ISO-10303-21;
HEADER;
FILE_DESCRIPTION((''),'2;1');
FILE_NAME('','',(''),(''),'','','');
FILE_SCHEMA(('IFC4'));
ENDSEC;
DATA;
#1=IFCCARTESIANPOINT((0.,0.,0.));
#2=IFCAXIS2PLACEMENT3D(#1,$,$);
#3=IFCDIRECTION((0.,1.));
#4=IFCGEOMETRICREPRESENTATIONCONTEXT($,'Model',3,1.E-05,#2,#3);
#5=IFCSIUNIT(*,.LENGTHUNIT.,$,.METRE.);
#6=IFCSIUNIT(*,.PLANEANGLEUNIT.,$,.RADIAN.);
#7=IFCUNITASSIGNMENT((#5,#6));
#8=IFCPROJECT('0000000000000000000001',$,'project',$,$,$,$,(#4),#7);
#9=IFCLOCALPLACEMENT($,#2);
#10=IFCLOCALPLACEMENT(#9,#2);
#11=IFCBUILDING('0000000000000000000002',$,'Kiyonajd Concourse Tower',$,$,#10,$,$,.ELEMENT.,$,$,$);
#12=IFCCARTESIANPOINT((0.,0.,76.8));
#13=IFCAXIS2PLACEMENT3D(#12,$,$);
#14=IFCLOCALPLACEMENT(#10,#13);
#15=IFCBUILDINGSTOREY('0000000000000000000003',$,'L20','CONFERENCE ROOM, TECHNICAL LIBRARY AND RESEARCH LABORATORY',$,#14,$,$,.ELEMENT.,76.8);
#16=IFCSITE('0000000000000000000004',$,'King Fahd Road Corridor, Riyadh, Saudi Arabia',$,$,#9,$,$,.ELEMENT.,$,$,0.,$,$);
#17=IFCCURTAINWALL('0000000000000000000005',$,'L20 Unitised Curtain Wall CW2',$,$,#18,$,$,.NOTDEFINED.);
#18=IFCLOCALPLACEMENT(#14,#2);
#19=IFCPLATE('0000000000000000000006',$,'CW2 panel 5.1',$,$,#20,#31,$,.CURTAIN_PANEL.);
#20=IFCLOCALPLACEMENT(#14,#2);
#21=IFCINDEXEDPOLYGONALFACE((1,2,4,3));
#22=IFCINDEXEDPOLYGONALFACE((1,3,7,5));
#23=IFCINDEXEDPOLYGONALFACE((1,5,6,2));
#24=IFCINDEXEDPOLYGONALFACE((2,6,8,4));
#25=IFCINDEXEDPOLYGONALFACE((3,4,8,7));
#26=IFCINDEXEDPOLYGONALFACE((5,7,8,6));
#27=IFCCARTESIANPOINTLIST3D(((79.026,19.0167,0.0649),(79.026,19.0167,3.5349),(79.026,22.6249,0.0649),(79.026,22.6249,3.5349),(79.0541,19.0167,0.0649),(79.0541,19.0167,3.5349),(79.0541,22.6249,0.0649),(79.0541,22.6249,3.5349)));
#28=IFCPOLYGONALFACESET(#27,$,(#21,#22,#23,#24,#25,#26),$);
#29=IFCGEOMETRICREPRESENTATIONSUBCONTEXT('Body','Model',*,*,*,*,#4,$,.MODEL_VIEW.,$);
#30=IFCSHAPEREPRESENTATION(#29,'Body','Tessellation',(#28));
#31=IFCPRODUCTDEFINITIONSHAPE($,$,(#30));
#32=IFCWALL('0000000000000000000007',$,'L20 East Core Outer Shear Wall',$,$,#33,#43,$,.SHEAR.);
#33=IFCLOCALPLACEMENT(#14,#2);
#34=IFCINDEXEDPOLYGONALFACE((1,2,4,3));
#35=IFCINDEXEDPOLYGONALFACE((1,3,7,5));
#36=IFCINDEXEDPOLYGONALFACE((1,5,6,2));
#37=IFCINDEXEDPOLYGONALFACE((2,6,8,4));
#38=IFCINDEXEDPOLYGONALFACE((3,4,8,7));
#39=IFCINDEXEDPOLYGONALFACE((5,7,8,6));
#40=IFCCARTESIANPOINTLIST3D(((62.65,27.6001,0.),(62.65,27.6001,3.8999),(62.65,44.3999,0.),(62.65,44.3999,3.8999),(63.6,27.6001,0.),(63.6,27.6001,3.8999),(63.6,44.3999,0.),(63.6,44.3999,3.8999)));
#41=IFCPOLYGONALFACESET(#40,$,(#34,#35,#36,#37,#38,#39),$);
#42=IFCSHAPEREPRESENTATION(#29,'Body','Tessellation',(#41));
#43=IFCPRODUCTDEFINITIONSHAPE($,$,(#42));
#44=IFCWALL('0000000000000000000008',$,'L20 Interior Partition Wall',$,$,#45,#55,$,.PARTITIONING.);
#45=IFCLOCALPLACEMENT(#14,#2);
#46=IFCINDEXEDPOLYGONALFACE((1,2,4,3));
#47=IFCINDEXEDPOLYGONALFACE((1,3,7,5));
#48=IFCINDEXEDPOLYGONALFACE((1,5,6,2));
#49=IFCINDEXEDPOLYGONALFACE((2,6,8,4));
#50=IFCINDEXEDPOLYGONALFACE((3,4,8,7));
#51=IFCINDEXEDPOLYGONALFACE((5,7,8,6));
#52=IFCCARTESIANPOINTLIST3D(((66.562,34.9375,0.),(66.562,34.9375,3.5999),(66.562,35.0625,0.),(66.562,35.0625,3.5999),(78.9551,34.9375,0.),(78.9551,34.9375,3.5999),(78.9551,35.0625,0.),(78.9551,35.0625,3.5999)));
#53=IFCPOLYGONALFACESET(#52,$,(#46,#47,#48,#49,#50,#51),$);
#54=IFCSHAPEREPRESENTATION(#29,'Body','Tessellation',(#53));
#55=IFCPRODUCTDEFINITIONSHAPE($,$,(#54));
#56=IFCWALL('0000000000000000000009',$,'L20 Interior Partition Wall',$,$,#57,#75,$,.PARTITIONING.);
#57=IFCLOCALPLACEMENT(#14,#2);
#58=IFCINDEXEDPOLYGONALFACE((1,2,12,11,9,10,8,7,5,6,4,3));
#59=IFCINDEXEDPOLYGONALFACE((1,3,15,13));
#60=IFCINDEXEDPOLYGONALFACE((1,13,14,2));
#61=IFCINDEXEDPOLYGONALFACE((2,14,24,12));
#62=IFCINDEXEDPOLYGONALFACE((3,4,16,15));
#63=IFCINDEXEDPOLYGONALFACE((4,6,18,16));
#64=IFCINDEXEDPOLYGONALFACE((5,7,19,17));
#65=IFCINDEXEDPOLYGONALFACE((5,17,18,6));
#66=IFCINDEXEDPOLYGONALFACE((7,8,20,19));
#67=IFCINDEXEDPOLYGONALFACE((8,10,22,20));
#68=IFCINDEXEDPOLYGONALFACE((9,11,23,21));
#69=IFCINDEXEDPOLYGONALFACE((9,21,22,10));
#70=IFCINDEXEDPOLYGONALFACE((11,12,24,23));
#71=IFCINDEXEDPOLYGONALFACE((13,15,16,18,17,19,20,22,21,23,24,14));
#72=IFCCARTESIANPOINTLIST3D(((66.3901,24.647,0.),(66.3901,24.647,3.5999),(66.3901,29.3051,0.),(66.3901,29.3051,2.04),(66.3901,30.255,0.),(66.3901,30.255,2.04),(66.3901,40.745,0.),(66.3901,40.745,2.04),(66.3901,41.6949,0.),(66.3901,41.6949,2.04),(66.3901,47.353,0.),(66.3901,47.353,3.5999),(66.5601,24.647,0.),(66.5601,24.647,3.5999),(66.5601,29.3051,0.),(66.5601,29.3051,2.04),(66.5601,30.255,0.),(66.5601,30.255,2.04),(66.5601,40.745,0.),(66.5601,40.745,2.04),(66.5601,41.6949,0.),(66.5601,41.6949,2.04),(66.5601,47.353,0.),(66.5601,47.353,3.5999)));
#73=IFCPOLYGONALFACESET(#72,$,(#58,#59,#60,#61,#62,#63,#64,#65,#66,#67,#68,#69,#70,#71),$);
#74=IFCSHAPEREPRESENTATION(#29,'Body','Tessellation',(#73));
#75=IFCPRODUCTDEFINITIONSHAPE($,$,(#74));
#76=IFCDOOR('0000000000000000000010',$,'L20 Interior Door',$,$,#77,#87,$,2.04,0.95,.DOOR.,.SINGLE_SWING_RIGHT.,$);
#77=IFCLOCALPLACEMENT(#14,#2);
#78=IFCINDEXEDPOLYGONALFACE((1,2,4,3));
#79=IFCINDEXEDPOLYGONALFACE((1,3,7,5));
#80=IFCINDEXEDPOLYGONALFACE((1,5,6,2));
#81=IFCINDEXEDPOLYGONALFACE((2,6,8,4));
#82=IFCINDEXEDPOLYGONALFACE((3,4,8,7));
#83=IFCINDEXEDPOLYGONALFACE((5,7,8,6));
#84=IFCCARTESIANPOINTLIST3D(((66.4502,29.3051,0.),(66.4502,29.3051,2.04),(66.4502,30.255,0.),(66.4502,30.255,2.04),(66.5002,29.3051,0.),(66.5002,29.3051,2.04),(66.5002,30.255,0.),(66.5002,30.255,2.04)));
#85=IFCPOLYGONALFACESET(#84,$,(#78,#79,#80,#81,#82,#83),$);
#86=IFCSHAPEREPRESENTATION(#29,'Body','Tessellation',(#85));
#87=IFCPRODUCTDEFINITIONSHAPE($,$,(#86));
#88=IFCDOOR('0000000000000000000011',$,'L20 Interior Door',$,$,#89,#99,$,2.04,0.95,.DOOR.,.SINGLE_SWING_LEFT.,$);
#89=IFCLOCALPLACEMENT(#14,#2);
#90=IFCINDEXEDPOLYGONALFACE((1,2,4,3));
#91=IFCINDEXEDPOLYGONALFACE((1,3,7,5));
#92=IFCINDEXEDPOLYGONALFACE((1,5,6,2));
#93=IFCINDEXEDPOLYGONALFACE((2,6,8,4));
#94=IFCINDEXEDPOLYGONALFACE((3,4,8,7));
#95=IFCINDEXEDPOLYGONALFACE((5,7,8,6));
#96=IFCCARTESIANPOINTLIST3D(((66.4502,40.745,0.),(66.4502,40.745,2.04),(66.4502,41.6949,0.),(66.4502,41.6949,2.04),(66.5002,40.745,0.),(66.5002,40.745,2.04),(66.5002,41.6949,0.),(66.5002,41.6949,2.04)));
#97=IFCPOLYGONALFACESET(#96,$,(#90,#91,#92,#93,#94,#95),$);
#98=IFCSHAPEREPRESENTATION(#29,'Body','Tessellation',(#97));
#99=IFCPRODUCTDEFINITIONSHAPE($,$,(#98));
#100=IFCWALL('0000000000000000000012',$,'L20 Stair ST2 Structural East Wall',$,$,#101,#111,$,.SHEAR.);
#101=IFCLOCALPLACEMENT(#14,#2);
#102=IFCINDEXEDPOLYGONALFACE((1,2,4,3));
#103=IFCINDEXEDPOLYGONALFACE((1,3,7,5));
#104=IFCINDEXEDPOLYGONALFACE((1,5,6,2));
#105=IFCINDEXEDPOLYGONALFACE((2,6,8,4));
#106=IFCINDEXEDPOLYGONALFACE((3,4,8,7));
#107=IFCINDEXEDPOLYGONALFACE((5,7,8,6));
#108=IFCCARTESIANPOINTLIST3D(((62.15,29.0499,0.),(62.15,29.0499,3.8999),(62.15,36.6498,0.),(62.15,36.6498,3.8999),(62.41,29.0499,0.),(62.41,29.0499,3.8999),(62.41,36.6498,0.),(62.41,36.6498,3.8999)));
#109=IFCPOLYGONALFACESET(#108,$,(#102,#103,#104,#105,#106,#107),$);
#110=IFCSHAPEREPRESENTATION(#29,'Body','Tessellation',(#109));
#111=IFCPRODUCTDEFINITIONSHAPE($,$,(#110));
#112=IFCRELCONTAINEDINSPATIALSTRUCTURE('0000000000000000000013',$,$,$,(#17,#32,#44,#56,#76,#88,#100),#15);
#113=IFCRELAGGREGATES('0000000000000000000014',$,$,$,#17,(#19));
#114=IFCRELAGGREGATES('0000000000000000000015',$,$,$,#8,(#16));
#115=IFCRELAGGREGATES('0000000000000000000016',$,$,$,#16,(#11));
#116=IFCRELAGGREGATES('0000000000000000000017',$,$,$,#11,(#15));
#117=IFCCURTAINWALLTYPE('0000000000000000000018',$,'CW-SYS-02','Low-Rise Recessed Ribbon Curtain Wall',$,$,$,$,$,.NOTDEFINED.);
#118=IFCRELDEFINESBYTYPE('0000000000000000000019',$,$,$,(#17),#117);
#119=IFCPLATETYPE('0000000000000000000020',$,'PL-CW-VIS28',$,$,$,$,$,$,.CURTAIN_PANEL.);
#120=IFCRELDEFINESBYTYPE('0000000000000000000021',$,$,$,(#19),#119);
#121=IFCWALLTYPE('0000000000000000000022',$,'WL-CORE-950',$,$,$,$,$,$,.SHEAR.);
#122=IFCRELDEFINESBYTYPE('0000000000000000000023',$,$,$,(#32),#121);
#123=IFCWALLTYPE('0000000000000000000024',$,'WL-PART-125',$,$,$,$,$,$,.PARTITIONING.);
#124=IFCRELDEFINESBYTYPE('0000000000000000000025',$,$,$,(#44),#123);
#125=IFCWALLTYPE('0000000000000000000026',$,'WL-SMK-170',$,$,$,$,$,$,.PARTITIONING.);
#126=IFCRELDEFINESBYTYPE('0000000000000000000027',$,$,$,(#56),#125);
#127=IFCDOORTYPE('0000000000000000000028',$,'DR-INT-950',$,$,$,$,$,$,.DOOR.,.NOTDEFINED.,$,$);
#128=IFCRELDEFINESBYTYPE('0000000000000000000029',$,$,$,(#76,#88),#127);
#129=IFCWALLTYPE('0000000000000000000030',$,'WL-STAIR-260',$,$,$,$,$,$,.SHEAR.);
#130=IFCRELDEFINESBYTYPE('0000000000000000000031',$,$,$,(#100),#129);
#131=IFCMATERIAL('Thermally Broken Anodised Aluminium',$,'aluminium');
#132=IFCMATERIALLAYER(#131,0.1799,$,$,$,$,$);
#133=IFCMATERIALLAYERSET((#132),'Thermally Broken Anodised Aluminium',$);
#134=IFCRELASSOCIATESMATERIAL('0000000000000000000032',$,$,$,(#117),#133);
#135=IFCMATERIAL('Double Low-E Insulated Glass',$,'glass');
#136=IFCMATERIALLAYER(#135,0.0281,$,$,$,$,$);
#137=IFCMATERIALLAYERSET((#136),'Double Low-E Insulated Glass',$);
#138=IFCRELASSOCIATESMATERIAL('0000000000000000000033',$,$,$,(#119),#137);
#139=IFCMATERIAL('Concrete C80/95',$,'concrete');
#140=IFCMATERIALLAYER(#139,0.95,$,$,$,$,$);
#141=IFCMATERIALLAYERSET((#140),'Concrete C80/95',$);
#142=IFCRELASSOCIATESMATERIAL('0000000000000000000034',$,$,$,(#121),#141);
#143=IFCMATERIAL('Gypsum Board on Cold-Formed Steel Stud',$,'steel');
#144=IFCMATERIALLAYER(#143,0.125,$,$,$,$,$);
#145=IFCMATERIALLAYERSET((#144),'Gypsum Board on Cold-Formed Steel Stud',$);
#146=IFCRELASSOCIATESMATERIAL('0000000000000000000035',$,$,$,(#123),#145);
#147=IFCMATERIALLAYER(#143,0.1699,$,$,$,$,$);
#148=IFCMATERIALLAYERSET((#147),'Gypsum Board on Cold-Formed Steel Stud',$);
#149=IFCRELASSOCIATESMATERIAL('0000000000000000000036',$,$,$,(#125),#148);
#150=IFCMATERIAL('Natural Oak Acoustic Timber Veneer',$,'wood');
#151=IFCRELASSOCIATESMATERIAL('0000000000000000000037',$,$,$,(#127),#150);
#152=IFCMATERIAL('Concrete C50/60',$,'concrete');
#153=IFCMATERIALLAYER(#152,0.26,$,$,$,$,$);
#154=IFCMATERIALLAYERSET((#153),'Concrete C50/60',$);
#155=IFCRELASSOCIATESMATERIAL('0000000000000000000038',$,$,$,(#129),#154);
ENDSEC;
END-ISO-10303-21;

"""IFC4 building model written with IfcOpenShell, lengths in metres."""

from ifc_helpers import new_model, si_unit, direction, frame, frame_2d, origin, origin_2d, place, context, subcontext, project, spatial, rectangle, extrude, material, layer, layer_set, type_object, element, fill, aggregate, save


model = new_model("IFC4")

# Units and contexts
model_context = context("Model", 3, precision=1e-05, world=origin(), true_north=direction((0.0, 1.0)))
body_context = subcontext(model_context, "Body", "Model", "MODEL_VIEW")
ifc_project = project(units=[si_unit("LENGTHUNIT", "METRE"), si_unit("PLANEANGLEUNIT", "RADIAN")], contexts=[model_context])

# Site, building, storey
site_placement = place(None, origin())
site = spatial("IfcSite", under=ifc_project, at=site_placement, Name="King Fahd Road Corridor, Riyadh, Saudi Arabia", CompositionType="ELEMENT", RefElevation=0.0)
building_placement = place(site_placement, origin())
building = spatial("IfcBuilding", under=site, at=building_placement, Name="Kiyonajd Concourse Tower", CompositionType="ELEMENT")
storey_placement = place(building_placement, frame((0.0, 0.0, 76.8)))
storey = spatial("IfcBuildingStorey", under=building, at=storey_placement, Name="L20", Description="CONFERENCE ROOM, TECHNICAL LIBRARY AND RESEARCH LABORATORY", CompositionType="ELEMENT", Elevation=76.8)

# Shared definitions
ifc_material_1 = material(Name="Concrete C80/95", Category="concrete")

# Curtain wall
ifc_material_2 = material(Name="Thermally Broken Anodised Aluminium", Category="aluminium")
ifc_layer_1 = layer(ifc_material_2, 0.1799)
ifc_layer_set_1 = layer_set([ifc_layer_1], Name="Thermally Broken Anodised Aluminium")
curtain_wall_type = type_object("IfcCurtainWallType", Name="CW-SYS-02", Description="Low-Rise Recessed Ribbon Curtain Wall", PredefinedType="NOTDEFINED", material=ifc_layer_set_1)
curtain_wall_placement = place(storey_placement, origin())
curtain_wall = element("IfcCurtainWall", 1, at=curtain_wall_placement, inside=storey, type_object=curtain_wall_type, Name="L20 Unitised Curtain Wall CW2", PredefinedType="NOTDEFINED")

# Plate
ifc_material_3 = material(Name="Double Low-E Insulated Glass", Category="glass")
ifc_layer_2 = layer(ifc_material_3, 0.0281)
ifc_layer_set_2 = layer_set([ifc_layer_2], Name="Double Low-E Insulated Glass")
plate_type_1 = type_object("IfcPlateType", Name="PL-CW-VIS28", PredefinedType="CURTAIN_PANEL", material=ifc_layer_set_2)
plate_1_placement = place(storey_placement, frame((79.04, 20.8208, 0.0649), z_axis=(0.0, 0.0, 1.0), x_axis=(0.0, -1.0, 0.0)))
plate_1 = element("IfcPlate", 2, at=plate_1_placement, type_object=plate_type_1, Name="CW2 panel 5.1", PredefinedType="CURTAIN_PANEL", context=body_context, shape_type="SweptSolid", body=[
    extrude(rectangle(XDim=3.6082, YDim=0.0281, at=origin_2d()), origin(), (0.0, 0.0, 1.0), 3.47),
])
aggregate(curtain_wall, [plate_1])

# Walls
ifc_layer_3 = layer(ifc_material_1, 0.95)
ifc_layer_set_3 = layer_set([ifc_layer_3], Name="Concrete C80/95")
wall_type_1 = type_object("IfcWallType", Name="WL-CORE-950", PredefinedType="SHEAR", material=ifc_layer_set_3)
wall_1_placement = place(storey_placement, frame((63.125, 27.6001, 0.0), z_axis=(0.0, 0.0, 1.0), x_axis=(0.0, 1.0, 0.0)))
element("IfcWall", 3, at=wall_1_placement, inside=storey, type_object=wall_type_1, Name="L20 East Core Outer Shear Wall", PredefinedType="SHEAR", context=body_context, shape_type="SweptSolid", body=[
    extrude(rectangle(XDim=16.7998, YDim=0.95, at=frame_2d((8.3999, 0.0))), origin(), (0.0, 0.0, 1.0), 3.8999),
])
ifc_material_4 = material(Name="Gypsum Board on Cold-Formed Steel Stud", Category="steel")
ifc_layer_4 = layer(ifc_material_4, 0.125)
ifc_layer_set_4 = layer_set([ifc_layer_4], Name="Gypsum Board on Cold-Formed Steel Stud")
wall_type_2 = type_object("IfcWallType", Name="WL-PART-125", PredefinedType="PARTITIONING", material=ifc_layer_set_4)
wall_2_placement = place(storey_placement, frame((66.562, 35.0, 0.0), z_axis=(0.0, 0.0, 1.0), x_axis=(1.0, 0.0, 0.0)))
element("IfcWall", 4, at=wall_2_placement, inside=storey, type_object=wall_type_2, Name="L20 Interior Partition Wall", PredefinedType="PARTITIONING", context=body_context, shape_type="SweptSolid", body=[
    extrude(rectangle(XDim=12.3931, YDim=0.125, at=frame_2d((6.1965, 0.0))), origin(), (0.0, 0.0, 1.0), 3.5999),
])

# Wall, openings, doors
ifc_layer_5 = layer(ifc_material_4, 0.1699)
ifc_layer_set_5 = layer_set([ifc_layer_5], Name="Gypsum Board on Cold-Formed Steel Stud")
wall_type_3 = type_object("IfcWallType", Name="WL-SMK-170", PredefinedType="PARTITIONING", material=ifc_layer_set_5)
wall_3_placement = place(storey_placement, frame((66.4751, 24.647, 0.0), z_axis=(0.0, 0.0, 1.0), x_axis=(0.0, 1.0, 0.0)))
wall_3 = element("IfcWall", 5, at=wall_3_placement, inside=storey, type_object=wall_type_3, Name="L20 Interior Partition Wall", PredefinedType="PARTITIONING", context=body_context, shape_type="SweptSolid", body=[
    extrude(rectangle(XDim=22.7061, YDim=0.1699, at=frame_2d((11.353, 0.0))), origin(), (0.0, 0.0, 1.0), 3.5999),
])
opening_1_placement = place(wall_3_placement, frame((4.658, 0.0, 0.0)))
opening_1 = element("IfcOpeningElement", 6, at=opening_1_placement, cuts=wall_3, PredefinedType="OPENING", context=body_context, shape_type="SweptSolid", body=[
    extrude(rectangle(XDim=0.95, YDim=2.04, at=frame_2d((0.4751, 1.02))), frame((0.0, 0.095, 0.0), z_axis=(0.0, -1.0, 0.0), x_axis=(1.0, 0.0, 0.0)), (0.0, 0.0, 1.0), 0.1899),
])
opening_2_placement = place(wall_3_placement, frame((16.0979, 0.0, 0.0)))
opening_2 = element("IfcOpeningElement", 7, at=opening_2_placement, cuts=wall_3, PredefinedType="OPENING", context=body_context, shape_type="SweptSolid", body=[
    extrude(rectangle(XDim=0.95, YDim=2.04, at=frame_2d((0.4751, 1.02))), frame((0.0, 0.095, 0.0), z_axis=(0.0, -1.0, 0.0), x_axis=(1.0, 0.0, 0.0)), (0.0, 0.0, 1.0), 0.1899),
])
ifc_material_5 = material(Name="Natural Oak Acoustic Timber Veneer", Category="wood")
door_type = type_object("IfcDoorType", Name="DR-INT-950", OperationType="NOTDEFINED", PredefinedType="DOOR", material=ifc_material_5)
door_1_placement = place(opening_1_placement, origin())
door_1 = element("IfcDoor", 8, at=door_1_placement, inside=storey, type_object=door_type, Name="L20 Interior Door", OperationType="SINGLE_SWING_RIGHT", OverallHeight=2.04, OverallWidth=0.95, PredefinedType="DOOR", context=body_context, shape_type="SweptSolid", body=[
    extrude(rectangle(XDim=0.95, YDim=2.04, at=frame_2d((0.4751, 1.02))), frame((0.0, 0.0249, 0.0), z_axis=(0.0, -1.0, 0.0), x_axis=(1.0, 0.0, 0.0)), (0.0, 0.0, 1.0), 0.05),
])
fill(opening_1, door_1)
door_2_placement = place(opening_2_placement, origin())
door_2 = element("IfcDoor", 9, at=door_2_placement, inside=storey, type_object=door_type, Name="L20 Interior Door", OperationType="SINGLE_SWING_LEFT", OverallHeight=2.04, OverallWidth=0.95, PredefinedType="DOOR", context=body_context, shape_type="SweptSolid", body=[
    extrude(rectangle(XDim=0.95, YDim=2.04, at=frame_2d((0.4751, 1.02))), frame((0.0, 0.0249, 0.0), z_axis=(0.0, -1.0, 0.0), x_axis=(1.0, 0.0, 0.0)), (0.0, 0.0, 1.0), 0.05),
])
fill(opening_2, door_2)

# Wall
ifc_material_6 = material(Name="Concrete C50/60", Category="concrete")
ifc_layer_6 = layer(ifc_material_6, 0.26)
ifc_layer_set_6 = layer_set([ifc_layer_6], Name="Concrete C50/60")
wall_type_4 = type_object("IfcWallType", Name="WL-STAIR-260", PredefinedType="SHEAR", material=ifc_layer_set_6)
wall_4_placement = place(storey_placement, frame((62.28, 29.05, 0.0), z_axis=(0.0, 0.0, 1.0), x_axis=(0.0, 1.0, 0.0)))
element("IfcWall", 10, at=wall_4_placement, inside=storey, type_object=wall_type_4, Name="L20 Stair ST2 Structural East Wall", PredefinedType="SHEAR", context=body_context, shape_type="SweptSolid", body=[
    extrude(rectangle(XDim=7.5999, YDim=0.26, at=frame_2d((3.7998, 0.0))), origin(), (0.0, 0.0, 1.0), 3.8999),
])

save(model, "model.ifc")
